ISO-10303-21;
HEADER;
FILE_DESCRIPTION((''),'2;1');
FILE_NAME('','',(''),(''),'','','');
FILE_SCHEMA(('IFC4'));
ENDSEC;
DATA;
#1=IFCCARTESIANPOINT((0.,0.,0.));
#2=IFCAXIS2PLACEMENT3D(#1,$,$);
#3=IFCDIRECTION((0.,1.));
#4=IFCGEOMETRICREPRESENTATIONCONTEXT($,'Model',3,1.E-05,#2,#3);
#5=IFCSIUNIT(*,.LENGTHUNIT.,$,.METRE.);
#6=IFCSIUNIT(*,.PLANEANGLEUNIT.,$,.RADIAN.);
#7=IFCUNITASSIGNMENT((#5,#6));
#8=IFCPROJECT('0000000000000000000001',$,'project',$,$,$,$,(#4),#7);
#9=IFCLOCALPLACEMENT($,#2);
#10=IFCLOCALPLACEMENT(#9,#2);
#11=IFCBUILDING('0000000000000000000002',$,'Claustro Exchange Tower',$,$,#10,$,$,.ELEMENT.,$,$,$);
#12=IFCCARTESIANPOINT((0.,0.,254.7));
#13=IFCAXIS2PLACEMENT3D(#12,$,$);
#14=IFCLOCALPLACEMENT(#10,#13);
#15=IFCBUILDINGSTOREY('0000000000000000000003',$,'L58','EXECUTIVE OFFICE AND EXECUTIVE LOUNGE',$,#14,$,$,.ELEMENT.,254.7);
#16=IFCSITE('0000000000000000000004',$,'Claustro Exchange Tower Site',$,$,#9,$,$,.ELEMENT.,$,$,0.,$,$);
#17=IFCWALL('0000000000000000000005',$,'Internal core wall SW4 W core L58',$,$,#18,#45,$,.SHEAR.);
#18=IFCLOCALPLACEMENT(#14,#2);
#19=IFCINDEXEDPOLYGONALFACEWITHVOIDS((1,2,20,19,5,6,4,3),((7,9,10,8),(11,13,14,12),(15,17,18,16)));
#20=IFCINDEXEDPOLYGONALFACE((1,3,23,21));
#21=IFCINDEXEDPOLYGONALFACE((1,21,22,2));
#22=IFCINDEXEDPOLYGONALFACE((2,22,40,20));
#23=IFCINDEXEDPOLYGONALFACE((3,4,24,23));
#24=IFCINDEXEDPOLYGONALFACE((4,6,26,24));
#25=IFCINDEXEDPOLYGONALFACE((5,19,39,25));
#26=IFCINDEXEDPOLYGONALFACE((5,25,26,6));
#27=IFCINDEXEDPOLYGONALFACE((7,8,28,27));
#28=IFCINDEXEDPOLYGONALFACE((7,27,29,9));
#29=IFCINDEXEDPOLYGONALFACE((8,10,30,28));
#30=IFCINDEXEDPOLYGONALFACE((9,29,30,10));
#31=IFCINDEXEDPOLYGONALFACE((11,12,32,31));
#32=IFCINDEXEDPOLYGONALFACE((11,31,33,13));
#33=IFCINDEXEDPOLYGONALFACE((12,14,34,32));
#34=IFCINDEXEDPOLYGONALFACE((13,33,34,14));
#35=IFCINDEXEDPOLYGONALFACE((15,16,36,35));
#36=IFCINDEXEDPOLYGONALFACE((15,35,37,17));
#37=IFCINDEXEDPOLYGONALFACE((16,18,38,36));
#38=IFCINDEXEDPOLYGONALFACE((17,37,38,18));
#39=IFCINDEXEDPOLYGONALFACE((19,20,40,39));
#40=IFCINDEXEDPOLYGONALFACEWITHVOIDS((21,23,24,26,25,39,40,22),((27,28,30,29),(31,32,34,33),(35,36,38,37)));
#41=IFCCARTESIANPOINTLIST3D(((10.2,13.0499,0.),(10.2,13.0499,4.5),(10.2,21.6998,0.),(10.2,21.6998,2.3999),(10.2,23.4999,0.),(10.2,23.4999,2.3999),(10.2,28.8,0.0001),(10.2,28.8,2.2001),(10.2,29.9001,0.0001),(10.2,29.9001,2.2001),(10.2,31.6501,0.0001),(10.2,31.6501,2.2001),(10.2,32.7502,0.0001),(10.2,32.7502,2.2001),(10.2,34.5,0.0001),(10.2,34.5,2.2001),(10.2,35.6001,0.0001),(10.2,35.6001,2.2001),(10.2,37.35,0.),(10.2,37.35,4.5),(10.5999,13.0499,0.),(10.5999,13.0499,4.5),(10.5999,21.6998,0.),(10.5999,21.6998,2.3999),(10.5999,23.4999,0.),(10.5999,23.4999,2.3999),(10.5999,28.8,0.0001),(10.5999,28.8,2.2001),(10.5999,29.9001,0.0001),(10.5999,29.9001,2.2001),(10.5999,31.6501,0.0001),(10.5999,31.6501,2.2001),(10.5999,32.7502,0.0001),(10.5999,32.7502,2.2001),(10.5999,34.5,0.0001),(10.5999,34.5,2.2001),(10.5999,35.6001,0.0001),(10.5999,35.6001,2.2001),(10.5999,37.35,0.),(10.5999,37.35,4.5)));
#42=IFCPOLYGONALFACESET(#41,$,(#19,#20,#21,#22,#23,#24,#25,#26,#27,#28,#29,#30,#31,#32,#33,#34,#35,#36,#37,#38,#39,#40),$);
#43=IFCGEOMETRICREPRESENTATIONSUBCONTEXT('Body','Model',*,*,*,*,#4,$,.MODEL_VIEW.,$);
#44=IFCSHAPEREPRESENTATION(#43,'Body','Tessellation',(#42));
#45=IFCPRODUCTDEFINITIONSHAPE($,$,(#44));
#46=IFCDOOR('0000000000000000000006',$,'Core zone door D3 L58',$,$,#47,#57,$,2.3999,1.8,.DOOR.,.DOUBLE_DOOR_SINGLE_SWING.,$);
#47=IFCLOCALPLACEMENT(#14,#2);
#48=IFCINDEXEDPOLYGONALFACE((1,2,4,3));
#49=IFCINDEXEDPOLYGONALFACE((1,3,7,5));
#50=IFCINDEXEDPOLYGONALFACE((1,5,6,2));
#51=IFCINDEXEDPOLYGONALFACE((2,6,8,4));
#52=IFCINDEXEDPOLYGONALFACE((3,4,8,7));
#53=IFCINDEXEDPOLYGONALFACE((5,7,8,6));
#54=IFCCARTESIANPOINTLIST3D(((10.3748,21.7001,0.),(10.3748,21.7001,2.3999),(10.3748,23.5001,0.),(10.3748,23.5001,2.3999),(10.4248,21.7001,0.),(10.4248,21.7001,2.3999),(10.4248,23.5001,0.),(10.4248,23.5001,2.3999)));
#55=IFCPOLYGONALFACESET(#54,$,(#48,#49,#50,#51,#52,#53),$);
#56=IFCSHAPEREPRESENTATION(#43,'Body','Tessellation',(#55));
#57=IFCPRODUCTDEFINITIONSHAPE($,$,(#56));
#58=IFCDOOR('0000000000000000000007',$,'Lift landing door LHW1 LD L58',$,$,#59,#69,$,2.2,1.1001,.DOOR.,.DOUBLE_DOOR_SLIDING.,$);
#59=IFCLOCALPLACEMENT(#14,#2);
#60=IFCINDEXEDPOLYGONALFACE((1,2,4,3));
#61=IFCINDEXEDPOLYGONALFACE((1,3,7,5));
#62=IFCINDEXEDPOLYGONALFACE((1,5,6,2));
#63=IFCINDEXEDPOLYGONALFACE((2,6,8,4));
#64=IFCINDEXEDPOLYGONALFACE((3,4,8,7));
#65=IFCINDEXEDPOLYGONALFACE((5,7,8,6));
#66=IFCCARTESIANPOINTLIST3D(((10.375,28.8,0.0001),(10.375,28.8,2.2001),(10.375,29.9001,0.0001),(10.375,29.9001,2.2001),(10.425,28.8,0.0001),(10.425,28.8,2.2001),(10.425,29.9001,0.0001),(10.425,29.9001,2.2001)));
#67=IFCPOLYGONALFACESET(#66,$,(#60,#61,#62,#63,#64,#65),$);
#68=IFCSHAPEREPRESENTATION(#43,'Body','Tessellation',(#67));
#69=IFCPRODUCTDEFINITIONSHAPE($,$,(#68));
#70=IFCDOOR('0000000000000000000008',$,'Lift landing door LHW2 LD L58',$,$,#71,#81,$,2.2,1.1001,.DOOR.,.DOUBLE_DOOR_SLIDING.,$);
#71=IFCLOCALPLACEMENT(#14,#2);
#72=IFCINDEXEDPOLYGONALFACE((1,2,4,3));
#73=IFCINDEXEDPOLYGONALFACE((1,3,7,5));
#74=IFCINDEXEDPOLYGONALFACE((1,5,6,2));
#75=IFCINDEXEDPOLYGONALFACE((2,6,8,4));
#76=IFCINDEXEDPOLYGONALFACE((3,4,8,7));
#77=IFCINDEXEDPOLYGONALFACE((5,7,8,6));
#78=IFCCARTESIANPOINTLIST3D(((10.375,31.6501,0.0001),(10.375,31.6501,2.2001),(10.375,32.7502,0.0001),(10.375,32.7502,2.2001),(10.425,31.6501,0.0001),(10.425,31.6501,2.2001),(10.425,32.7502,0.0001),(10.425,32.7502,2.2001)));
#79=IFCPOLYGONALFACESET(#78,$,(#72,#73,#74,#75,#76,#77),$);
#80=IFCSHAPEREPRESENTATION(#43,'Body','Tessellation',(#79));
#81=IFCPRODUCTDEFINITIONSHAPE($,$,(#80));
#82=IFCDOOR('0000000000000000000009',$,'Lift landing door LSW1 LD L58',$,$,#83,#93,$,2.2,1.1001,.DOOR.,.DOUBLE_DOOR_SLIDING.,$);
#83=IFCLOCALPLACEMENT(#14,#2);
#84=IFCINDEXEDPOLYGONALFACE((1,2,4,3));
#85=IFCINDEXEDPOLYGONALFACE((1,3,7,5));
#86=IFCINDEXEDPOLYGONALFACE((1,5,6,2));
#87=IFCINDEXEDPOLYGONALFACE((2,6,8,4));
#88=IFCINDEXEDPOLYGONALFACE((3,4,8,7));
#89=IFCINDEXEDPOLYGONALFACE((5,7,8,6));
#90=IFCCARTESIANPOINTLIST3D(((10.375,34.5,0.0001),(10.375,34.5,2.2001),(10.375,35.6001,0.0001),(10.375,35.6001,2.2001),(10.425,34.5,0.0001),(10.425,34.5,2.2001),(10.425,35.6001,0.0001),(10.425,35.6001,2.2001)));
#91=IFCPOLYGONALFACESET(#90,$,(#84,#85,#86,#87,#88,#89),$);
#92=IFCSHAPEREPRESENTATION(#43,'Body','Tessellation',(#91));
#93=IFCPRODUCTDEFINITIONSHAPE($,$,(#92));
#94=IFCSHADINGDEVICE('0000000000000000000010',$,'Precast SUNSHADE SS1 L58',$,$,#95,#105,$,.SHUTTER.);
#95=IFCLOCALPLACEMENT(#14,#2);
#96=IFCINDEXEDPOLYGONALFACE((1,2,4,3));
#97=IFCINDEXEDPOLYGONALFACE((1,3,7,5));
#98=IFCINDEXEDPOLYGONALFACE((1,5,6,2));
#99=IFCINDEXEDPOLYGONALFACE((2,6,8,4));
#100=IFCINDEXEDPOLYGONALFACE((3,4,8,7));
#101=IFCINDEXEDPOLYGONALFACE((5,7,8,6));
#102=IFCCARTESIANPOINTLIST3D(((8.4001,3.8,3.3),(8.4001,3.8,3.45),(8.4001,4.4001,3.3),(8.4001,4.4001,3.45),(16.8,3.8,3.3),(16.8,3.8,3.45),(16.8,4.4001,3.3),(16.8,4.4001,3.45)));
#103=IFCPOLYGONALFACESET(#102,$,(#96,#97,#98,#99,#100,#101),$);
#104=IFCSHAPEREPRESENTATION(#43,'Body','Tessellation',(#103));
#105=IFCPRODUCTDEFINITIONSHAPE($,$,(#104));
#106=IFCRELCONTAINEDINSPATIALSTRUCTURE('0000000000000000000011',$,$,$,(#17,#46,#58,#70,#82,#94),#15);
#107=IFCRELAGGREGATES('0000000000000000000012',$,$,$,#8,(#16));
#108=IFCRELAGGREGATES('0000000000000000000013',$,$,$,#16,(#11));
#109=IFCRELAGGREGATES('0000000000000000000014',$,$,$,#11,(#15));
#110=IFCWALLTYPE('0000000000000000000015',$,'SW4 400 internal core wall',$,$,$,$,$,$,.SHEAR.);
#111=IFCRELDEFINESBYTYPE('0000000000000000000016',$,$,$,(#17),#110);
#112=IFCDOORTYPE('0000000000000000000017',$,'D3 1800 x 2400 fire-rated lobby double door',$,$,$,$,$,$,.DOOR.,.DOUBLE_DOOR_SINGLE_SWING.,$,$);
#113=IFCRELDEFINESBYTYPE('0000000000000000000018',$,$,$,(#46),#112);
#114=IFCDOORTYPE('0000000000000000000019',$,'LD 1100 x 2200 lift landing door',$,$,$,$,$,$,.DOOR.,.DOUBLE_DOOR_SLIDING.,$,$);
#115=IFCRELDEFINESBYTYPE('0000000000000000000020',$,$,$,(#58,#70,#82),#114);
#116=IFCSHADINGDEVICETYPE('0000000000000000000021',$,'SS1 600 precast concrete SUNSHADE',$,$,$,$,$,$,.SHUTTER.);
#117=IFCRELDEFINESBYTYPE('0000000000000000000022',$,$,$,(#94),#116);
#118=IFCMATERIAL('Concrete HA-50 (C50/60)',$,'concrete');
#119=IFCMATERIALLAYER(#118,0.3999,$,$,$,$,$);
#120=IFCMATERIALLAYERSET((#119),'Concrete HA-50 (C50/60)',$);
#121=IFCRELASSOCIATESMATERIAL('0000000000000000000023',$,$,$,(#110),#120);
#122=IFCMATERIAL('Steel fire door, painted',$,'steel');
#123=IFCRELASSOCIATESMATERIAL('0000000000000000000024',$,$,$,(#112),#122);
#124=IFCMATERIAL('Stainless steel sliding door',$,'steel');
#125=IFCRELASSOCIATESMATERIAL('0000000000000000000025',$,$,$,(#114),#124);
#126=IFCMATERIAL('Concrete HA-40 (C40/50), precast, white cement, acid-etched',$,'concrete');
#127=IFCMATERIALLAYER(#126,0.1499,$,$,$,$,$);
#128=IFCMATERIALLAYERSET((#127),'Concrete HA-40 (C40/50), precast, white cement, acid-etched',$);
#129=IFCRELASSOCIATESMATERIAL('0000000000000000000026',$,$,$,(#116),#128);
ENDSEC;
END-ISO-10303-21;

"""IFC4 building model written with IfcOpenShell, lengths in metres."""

from ifc_helpers import new_model, si_unit, direction, frame, frame_2d, origin, origin_2d, place, context, subcontext, project, spatial, rectangle, extrude, material, layer, layer_set, type_object, element, fill, save


model = new_model("IFC4")

# Units and contexts
model_context = context("Model", 3, precision=1e-05, world=origin(), true_north=direction((0.0, 1.0)))
body_context = subcontext(model_context, "Body", "Model", "MODEL_VIEW")
ifc_project = project(units=[si_unit("LENGTHUNIT", "METRE"), si_unit("PLANEANGLEUNIT", "RADIAN")], contexts=[model_context])

# Site, building, storey
site_placement = place(None, origin())
site = spatial("IfcSite", under=ifc_project, at=site_placement, Name="Claustro Exchange Tower Site", CompositionType="ELEMENT", RefElevation=0.0)
building_placement = place(site_placement, origin())
building = spatial("IfcBuilding", under=site, at=building_placement, Name="Claustro Exchange Tower", CompositionType="ELEMENT")
storey_placement = place(building_placement, frame((0.0, 0.0, 254.7)))
storey = spatial("IfcBuildingStorey", under=building, at=storey_placement, Name="L58", Description="EXECUTIVE OFFICE AND EXECUTIVE LOUNGE", CompositionType="ELEMENT", Elevation=254.7)

# Wall, openings, doors
ifc_material_1 = material(Name="Concrete HA-50 (C50/60)", Category="concrete")
ifc_layer_1 = layer(ifc_material_1, 0.3999)
ifc_layer_set_1 = layer_set([ifc_layer_1], Name="Concrete HA-50 (C50/60)")
wall_type_1 = type_object("IfcWallType", Name="SW4 400 internal core wall", PredefinedType="SHEAR", material=ifc_layer_set_1)
wall_1_placement = place(storey_placement, frame((10.3999, 13.05, 0.0), z_axis=(0.0, 0.0, 1.0), x_axis=(0.0, 1.0, 0.0)))
wall_1 = element("IfcWall", 1, at=wall_1_placement, inside=storey, type_object=wall_type_1, Name="Internal core wall SW4 W core L58", PredefinedType="SHEAR", context=body_context, shape_type="SweptSolid", body=[
    extrude(rectangle(XDim=24.3, YDim=0.3999, at=frame_2d((12.1499, 0.0))), origin(), (0.0, 0.0, 1.0), 4.5),
])
opening_1_placement = place(wall_1_placement, frame((15.75, 0.0, 0.0)))
opening_1 = element("IfcOpeningElement", 2, at=opening_1_placement, cuts=wall_1, PredefinedType="OPENING", context=body_context, shape_type="SweptSolid", body=[
    extrude(rectangle(XDim=1.1001, YDim=2.2, at=frame_2d((0.55, 1.1001))), frame((0.0, 0.21, 0.0), z_axis=(0.0, -1.0, 0.0), x_axis=(1.0, 0.0, 0.0)), (0.0, 0.0, 1.0), 0.4199),
])
opening_2_placement = place(wall_1_placement, frame((18.6001, 0.0, 0.0)))
opening_2 = element("IfcOpeningElement", 3, at=opening_2_placement, cuts=wall_1, PredefinedType="OPENING", context=body_context, shape_type="SweptSolid", body=[
    extrude(rectangle(XDim=1.1001, YDim=2.2, at=frame_2d((0.55, 1.1001))), frame((0.0, 0.21, 0.0), z_axis=(0.0, -1.0, 0.0), x_axis=(1.0, 0.0, 0.0)), (0.0, 0.0, 1.0), 0.4199),
])
opening_3_placement = place(wall_1_placement, frame((21.45, 0.0, 0.0)))
opening_3 = element("IfcOpeningElement", 4, at=opening_3_placement, cuts=wall_1, PredefinedType="OPENING", context=body_context, shape_type="SweptSolid", body=[
    extrude(rectangle(XDim=1.1001, YDim=2.2, at=frame_2d((0.55, 1.1001))), frame((0.0, 0.21, 0.0), z_axis=(0.0, -1.0, 0.0), x_axis=(1.0, 0.0, 0.0)), (0.0, 0.0, 1.0), 0.4199),
])
opening_4_placement = place(wall_1_placement, frame((8.6499, 0.0, 0.0)))
opening_4 = element("IfcOpeningElement", 5, at=opening_4_placement, cuts=wall_1, PredefinedType="OPENING", context=body_context, shape_type="SweptSolid", body=[
    extrude(rectangle(XDim=1.8, YDim=2.3999, at=frame_2d((0.8999, 1.2))), frame((0.0, 0.21, 0.0), z_axis=(0.0, -1.0, 0.0), x_axis=(1.0, 0.0, 0.0)), (0.0, 0.0, 1.0), 0.4199),
])
ifc_material_2 = material(Name="Steel fire door, painted", Category="steel")
door_type_1 = type_object("IfcDoorType", Name="D3 1800 x 2400 fire-rated lobby double door", OperationType="DOUBLE_DOOR_SINGLE_SWING", PredefinedType="DOOR", material=ifc_material_2)
door_1_placement = place(opening_4_placement, frame((1.8, 0.0, 0.0), z_axis=(0.0, 0.0, 1.0), x_axis=(-1.0, 0.0, 0.0)))
door_1 = element("IfcDoor", 6, at=door_1_placement, inside=storey, type_object=door_type_1, Name="Core zone door D3 L58", OperationType="DOUBLE_DOOR_SINGLE_SWING", OverallHeight=2.3999, OverallWidth=1.8, PredefinedType="DOOR", context=body_context, shape_type="SweptSolid", body=[
    extrude(rectangle(XDim=1.8, YDim=2.3999, at=frame_2d((0.8999, 1.2))), frame((0.0, 0.0249, 0.0), z_axis=(0.0, -1.0, 0.0), x_axis=(1.0, 0.0, 0.0)), (0.0, 0.0, 1.0), 0.05),
])
fill(opening_4, door_1)
ifc_material_3 = material(Name="Stainless steel sliding door", Category="steel")
door_type_2 = type_object("IfcDoorType", Name="LD 1100 x 2200 lift landing door", OperationType="DOUBLE_DOOR_SLIDING", PredefinedType="DOOR", material=ifc_material_3)
door_2_placement = place(opening_1_placement, origin())
door_2 = element("IfcDoor", 7, at=door_2_placement, inside=storey, type_object=door_type_2, Name="Lift landing door LHW1 LD L58", OperationType="DOUBLE_DOOR_SLIDING", OverallHeight=2.2, OverallWidth=1.1001, PredefinedType="DOOR", context=body_context, shape_type="SweptSolid", body=[
    extrude(rectangle(XDim=1.1001, YDim=2.2, at=frame_2d((0.55, 1.1001))), frame((0.0, 0.0249, 0.0), z_axis=(0.0, -1.0, 0.0), x_axis=(1.0, 0.0, 0.0)), (0.0, 0.0, 1.0), 0.05),
])
fill(opening_1, door_2)
door_3_placement = place(opening_2_placement, origin())
door_3 = element("IfcDoor", 8, at=door_3_placement, inside=storey, type_object=door_type_2, Name="Lift landing door LHW2 LD L58", OperationType="DOUBLE_DOOR_SLIDING", OverallHeight=2.2, OverallWidth=1.1001, PredefinedType="DOOR", context=body_context, shape_type="SweptSolid", body=[
    extrude(rectangle(XDim=1.1001, YDim=2.2, at=frame_2d((0.55, 1.1001))), frame((0.0, 0.0249, 0.0), z_axis=(0.0, -1.0, 0.0), x_axis=(1.0, 0.0, 0.0)), (0.0, 0.0, 1.0), 0.05),
])
fill(opening_2, door_3)
door_4_placement = place(opening_3_placement, origin())
door_4 = element("IfcDoor", 9, at=door_4_placement, inside=storey, type_object=door_type_2, Name="Lift landing door LSW1 LD L58", OperationType="DOUBLE_DOOR_SLIDING", OverallHeight=2.2, OverallWidth=1.1001, PredefinedType="DOOR", context=body_context, shape_type="SweptSolid", body=[
    extrude(rectangle(XDim=1.1001, YDim=2.2, at=frame_2d((0.55, 1.1001))), frame((0.0, 0.0249, 0.0), z_axis=(0.0, -1.0, 0.0), x_axis=(1.0, 0.0, 0.0)), (0.0, 0.0, 1.0), 0.05),
])
fill(opening_3, door_4)

# Shading device
ifc_material_4 = material(Name="Concrete HA-40 (C40/50), precast, white cement, acid-etched", Category="concrete")
ifc_layer_2 = layer(ifc_material_4, 0.1499)
ifc_layer_set_2 = layer_set([ifc_layer_2], Name="Concrete HA-40 (C40/50), precast, white cement, acid-etched")
shading_device_type = type_object("IfcShadingDeviceType", Name="SS1 600 precast concrete SUNSHADE", PredefinedType="SHUTTER", material=ifc_layer_set_2)
shading_device_placement = place(storey_placement, frame((12.6001, 4.1001, 3.3), z_axis=(0.0, 0.0, 1.0), x_axis=(-1.0, 0.0, 0.0)))
element("IfcShadingDevice", 10, at=shading_device_placement, inside=storey, type_object=shading_device_type, Name="Precast SUNSHADE SS1 L58", PredefinedType="SHUTTER", context=body_context, shape_type="SweptSolid", body=[
    extrude(rectangle(XDim=8.3999, YDim=0.6001, at=origin_2d()), origin(), (0.0, 0.0, 1.0), 0.1499),
])

save(model, "model.ifc")
